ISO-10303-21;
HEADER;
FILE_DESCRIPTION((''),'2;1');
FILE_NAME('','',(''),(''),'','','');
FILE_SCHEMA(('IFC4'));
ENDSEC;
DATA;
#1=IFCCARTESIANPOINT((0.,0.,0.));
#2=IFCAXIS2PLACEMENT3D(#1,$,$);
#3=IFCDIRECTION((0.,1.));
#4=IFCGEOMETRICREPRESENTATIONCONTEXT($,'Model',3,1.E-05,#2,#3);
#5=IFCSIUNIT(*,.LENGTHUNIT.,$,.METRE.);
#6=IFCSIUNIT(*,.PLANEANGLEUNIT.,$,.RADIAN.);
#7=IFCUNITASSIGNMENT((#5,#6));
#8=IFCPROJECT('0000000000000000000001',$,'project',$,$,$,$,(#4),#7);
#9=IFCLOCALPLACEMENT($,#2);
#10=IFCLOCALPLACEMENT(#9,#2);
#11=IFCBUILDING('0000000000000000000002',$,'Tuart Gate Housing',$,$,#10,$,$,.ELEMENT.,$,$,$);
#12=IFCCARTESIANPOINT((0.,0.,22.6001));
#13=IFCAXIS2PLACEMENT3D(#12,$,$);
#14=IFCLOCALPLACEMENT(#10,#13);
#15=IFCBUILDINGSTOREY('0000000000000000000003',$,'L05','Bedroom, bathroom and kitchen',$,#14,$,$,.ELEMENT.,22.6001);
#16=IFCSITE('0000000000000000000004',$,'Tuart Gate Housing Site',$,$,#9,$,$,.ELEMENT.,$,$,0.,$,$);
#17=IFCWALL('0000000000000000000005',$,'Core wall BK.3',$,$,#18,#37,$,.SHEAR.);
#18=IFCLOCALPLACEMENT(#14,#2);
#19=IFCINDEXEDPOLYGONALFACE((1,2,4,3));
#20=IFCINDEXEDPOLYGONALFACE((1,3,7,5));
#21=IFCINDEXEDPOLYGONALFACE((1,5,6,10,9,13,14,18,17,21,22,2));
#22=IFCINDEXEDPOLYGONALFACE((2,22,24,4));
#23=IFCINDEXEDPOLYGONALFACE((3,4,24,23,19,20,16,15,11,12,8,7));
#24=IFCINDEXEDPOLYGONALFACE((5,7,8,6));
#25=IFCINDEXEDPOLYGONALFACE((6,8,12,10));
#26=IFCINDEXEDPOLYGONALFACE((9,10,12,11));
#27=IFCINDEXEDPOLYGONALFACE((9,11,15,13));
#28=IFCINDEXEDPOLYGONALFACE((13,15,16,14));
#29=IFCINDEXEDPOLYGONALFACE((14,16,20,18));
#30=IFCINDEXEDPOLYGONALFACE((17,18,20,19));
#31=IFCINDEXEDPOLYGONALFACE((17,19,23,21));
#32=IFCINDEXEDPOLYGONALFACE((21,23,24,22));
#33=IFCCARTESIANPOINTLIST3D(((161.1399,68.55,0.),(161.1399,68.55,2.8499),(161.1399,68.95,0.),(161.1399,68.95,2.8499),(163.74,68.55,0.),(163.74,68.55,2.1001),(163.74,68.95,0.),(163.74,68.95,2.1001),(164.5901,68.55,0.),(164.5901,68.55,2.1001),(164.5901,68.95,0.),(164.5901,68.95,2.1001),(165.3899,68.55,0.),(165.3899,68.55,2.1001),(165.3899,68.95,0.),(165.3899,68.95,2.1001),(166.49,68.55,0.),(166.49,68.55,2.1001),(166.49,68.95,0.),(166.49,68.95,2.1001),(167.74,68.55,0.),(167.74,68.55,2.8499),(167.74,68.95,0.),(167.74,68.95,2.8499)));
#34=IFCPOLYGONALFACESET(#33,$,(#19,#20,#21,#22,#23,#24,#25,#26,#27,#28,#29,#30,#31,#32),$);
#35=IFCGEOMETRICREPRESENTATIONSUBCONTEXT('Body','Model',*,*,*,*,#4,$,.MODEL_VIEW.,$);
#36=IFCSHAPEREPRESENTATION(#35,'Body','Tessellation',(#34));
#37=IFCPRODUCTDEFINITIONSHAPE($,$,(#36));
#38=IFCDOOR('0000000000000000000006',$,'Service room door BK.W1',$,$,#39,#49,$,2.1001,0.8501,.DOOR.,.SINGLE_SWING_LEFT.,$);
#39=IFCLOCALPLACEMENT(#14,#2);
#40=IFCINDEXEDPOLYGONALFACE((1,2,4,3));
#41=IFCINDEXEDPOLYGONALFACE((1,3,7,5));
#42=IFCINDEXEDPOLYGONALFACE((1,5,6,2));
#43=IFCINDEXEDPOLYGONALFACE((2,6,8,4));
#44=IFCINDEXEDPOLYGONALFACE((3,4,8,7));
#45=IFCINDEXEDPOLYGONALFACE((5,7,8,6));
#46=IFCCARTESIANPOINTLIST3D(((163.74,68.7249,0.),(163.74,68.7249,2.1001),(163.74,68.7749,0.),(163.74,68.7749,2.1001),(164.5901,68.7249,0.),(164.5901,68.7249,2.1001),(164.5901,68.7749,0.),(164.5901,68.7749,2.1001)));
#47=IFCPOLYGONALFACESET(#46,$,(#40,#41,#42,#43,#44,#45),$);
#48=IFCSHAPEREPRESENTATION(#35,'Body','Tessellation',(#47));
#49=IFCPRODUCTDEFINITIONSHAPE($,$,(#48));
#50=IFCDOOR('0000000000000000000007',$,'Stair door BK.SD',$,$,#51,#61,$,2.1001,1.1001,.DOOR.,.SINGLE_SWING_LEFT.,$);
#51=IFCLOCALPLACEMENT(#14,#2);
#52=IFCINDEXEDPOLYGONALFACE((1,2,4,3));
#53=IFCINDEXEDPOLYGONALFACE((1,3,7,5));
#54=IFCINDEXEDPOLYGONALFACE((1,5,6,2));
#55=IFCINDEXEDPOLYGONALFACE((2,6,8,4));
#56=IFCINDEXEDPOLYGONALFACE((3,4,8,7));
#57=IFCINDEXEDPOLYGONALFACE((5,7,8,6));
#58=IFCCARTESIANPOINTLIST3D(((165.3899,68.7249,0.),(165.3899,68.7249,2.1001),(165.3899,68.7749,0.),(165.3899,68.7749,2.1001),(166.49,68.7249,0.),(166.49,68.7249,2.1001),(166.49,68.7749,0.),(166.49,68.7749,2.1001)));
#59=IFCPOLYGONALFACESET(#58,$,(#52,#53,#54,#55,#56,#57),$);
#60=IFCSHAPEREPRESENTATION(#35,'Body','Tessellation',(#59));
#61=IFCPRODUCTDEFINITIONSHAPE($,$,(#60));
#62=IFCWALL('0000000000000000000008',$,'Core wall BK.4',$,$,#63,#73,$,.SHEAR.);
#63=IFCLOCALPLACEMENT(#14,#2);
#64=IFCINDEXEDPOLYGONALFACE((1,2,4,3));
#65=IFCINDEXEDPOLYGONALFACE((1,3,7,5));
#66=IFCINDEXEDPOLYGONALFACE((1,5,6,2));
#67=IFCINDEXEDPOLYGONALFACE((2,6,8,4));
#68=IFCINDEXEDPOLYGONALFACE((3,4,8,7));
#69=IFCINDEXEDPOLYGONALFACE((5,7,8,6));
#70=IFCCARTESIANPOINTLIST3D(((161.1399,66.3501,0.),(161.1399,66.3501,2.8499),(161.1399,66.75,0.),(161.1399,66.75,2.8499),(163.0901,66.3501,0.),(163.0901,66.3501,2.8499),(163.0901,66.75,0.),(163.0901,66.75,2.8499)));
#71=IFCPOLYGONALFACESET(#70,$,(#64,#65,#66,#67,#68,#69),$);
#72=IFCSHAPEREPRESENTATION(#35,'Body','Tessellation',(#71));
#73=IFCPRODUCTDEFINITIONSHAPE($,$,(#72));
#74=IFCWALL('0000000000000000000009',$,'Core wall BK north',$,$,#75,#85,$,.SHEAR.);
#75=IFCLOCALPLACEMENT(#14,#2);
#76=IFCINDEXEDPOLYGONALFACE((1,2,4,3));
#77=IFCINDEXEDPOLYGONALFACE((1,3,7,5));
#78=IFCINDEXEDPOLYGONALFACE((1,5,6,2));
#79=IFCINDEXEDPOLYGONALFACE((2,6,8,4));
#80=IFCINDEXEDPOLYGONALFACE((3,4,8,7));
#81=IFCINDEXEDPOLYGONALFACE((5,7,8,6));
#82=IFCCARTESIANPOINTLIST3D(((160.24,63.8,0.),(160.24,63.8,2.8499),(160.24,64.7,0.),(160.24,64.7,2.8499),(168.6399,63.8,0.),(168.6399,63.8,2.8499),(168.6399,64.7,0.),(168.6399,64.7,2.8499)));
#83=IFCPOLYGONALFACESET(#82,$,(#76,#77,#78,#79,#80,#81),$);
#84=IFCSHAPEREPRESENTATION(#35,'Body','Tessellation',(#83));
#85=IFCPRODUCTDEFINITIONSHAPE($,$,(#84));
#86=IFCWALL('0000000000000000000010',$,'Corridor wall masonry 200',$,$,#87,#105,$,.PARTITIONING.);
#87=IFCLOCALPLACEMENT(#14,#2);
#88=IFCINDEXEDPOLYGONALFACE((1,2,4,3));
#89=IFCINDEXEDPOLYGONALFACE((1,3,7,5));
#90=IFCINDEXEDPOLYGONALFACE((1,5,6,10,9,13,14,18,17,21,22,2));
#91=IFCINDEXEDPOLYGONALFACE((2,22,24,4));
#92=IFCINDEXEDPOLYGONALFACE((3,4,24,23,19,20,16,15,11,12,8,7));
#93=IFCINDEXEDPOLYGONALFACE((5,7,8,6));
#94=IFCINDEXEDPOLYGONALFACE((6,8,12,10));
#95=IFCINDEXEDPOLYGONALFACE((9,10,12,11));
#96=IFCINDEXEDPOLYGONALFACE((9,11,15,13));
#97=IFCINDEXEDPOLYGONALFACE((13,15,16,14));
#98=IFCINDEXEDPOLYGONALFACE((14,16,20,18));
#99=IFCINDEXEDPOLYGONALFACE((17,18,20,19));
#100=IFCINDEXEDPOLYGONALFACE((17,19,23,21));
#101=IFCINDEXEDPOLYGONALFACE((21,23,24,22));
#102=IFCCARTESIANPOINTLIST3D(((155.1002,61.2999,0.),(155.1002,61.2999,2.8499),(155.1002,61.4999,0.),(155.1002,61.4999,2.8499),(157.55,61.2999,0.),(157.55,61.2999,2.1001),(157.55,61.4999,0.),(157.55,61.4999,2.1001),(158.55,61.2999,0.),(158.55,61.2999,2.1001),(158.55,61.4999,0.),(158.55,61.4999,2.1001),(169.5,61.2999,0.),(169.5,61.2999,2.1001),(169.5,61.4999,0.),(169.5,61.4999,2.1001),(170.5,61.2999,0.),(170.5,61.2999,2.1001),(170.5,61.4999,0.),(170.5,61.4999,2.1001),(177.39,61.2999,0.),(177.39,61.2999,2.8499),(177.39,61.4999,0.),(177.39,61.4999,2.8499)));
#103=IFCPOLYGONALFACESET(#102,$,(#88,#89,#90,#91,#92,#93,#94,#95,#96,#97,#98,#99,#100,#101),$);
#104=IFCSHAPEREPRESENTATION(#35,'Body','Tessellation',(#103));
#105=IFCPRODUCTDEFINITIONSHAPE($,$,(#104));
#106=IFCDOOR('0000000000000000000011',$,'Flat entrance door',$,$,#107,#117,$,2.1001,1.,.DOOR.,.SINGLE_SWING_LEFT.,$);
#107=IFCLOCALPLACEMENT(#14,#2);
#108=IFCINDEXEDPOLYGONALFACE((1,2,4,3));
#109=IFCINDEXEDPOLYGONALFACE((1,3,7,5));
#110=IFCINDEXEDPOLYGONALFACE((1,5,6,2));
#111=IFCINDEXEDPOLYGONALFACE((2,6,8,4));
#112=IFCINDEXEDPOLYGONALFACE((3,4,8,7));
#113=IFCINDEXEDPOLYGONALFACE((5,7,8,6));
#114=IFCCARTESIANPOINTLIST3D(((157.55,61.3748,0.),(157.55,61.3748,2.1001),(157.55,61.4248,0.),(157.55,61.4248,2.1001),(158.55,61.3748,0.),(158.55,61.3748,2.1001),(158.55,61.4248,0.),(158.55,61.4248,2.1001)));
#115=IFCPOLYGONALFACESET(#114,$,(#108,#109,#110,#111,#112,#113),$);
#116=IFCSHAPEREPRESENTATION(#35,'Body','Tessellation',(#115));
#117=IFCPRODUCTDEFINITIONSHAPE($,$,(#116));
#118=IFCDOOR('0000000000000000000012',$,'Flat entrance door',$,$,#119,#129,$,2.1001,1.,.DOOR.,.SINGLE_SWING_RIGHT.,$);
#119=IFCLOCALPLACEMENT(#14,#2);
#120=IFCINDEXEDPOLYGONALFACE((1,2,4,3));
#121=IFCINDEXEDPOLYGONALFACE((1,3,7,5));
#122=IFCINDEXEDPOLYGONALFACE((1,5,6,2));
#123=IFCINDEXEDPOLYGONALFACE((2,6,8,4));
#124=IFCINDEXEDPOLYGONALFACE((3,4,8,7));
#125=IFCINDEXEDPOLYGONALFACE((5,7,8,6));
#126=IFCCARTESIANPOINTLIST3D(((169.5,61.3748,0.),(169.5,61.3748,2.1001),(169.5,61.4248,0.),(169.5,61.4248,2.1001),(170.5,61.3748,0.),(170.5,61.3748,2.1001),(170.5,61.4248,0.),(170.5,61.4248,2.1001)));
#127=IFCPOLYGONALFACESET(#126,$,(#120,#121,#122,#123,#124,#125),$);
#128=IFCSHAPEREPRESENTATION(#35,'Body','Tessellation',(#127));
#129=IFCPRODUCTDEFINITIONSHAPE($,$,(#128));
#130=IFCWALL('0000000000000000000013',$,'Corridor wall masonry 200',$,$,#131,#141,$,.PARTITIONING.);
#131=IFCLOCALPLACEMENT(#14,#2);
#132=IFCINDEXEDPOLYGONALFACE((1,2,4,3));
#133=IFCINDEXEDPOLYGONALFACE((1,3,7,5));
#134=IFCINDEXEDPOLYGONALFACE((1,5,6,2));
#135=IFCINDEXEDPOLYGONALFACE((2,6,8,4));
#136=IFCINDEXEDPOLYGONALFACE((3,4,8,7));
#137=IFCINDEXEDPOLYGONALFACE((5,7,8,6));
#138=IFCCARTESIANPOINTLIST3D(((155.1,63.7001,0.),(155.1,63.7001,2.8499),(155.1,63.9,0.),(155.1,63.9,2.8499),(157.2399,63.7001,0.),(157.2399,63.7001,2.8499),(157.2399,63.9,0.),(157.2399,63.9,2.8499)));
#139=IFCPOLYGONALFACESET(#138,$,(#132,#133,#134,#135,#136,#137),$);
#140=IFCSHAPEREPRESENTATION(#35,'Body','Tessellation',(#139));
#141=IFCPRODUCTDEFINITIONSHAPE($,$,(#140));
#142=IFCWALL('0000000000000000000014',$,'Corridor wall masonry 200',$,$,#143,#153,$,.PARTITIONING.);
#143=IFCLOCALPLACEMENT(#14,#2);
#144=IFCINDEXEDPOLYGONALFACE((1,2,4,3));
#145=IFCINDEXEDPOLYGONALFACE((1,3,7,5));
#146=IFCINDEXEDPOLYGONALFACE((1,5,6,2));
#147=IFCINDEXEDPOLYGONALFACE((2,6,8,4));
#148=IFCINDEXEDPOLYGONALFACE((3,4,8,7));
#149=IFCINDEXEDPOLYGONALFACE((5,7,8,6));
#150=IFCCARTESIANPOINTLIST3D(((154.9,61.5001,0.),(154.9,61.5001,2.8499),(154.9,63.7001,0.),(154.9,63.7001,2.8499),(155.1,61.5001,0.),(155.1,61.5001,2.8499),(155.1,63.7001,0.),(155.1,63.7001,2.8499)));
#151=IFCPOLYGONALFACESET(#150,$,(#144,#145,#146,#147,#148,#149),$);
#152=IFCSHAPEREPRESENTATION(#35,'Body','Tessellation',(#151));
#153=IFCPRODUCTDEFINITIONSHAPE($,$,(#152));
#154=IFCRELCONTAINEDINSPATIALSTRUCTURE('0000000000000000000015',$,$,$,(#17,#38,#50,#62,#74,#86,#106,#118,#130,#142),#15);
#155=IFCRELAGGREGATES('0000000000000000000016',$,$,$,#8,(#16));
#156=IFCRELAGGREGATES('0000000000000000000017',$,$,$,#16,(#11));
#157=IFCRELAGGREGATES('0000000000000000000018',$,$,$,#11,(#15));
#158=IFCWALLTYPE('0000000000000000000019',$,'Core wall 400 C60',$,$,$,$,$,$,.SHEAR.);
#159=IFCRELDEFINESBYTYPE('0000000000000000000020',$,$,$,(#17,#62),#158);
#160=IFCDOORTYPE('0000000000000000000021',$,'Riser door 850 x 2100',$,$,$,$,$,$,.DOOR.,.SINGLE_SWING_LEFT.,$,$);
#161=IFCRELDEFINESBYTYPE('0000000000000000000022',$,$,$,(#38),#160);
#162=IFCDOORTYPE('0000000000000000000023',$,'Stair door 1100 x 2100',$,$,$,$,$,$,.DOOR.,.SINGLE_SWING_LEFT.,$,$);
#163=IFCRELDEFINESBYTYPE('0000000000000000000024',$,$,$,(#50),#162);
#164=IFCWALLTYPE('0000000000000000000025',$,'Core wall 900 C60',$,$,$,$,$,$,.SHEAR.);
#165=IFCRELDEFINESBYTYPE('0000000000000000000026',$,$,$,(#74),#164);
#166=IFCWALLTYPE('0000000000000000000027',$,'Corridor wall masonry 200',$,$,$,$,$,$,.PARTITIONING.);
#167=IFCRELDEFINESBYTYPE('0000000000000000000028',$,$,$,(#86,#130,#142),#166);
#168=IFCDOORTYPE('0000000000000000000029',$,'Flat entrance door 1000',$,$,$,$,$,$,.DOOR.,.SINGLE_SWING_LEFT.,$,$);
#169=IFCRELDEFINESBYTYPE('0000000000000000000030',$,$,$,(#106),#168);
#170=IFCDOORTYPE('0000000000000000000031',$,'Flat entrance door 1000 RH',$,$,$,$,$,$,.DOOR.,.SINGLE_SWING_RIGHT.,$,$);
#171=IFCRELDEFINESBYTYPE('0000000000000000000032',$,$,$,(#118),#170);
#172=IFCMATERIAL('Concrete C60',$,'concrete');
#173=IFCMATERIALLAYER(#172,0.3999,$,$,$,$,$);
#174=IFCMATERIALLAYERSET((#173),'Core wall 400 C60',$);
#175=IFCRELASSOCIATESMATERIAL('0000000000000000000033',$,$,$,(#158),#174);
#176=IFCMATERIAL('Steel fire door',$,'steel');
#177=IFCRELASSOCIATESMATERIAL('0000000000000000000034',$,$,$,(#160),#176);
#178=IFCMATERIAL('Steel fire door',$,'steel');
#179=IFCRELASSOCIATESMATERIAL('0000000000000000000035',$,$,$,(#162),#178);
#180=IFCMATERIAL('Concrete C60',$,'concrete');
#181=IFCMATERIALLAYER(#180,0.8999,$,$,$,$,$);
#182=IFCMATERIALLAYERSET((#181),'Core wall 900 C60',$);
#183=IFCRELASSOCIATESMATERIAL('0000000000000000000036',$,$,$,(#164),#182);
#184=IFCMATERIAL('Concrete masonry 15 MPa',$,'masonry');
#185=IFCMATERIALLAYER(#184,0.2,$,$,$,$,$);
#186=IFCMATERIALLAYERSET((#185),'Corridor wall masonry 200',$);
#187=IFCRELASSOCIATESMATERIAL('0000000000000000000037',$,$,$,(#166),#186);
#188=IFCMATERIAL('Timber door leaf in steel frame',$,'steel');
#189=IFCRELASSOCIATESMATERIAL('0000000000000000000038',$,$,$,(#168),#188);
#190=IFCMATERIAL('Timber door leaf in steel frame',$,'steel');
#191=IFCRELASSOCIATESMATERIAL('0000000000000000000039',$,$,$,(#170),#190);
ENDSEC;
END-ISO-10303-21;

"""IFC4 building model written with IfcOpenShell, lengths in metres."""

from ifc_helpers import new_model, si_unit, direction, frame, frame_2d, origin, place, context, subcontext, project, spatial, rectangle, extrude, material, layer, layer_set, type_object, element, fill, save


model = new_model("IFC4")

# Units and contexts
model_context = context("Model", 3, precision=1e-05, world=origin(), true_north=direction((0.0, 1.0)))
body_context = subcontext(model_context, "Body", "Model", "MODEL_VIEW")
ifc_project = project(units=[si_unit("LENGTHUNIT", "METRE"), si_unit("PLANEANGLEUNIT", "RADIAN")], contexts=[model_context])

# Site, building, storey
site_placement = place(None, origin())
site = spatial("IfcSite", under=ifc_project, at=site_placement, Name="Tuart Gate Housing Site", CompositionType="ELEMENT", RefElevation=0.0)
building_placement = place(site_placement, origin())
building = spatial("IfcBuilding", under=site, at=building_placement, Name="Tuart Gate Housing", CompositionType="ELEMENT")
storey_placement = place(building_placement, frame((0.0, 0.0, 22.6001)))
storey = spatial("IfcBuildingStorey", under=building, at=storey_placement, Name="L05", Description="Bedroom, bathroom and kitchen", CompositionType="ELEMENT", Elevation=22.6001)

# Wall, openings, doors
ifc_material_1 = material(Name="Concrete C60", Category="concrete")
ifc_layer_1 = layer(ifc_material_1, 0.3999)
ifc_layer_set_1 = layer_set([ifc_layer_1], Name="Core wall 400 C60")
wall_type_1 = type_object("IfcWallType", Name="Core wall 400 C60", PredefinedType="SHEAR", material=ifc_layer_set_1)
wall_1_placement = place(storey_placement, frame((161.1399, 68.75, 0.0), z_axis=(0.0, 0.0, 1.0), x_axis=(1.0, 0.0, 0.0)))
wall_1 = element("IfcWall", 1, at=wall_1_placement, inside=storey, type_object=wall_type_1, Name="Core wall BK.3", PredefinedType="SHEAR", context=body_context, shape_type="SweptSolid", body=[
    extrude(rectangle(XDim=6.6001, YDim=0.3999, at=frame_2d((3.3, 0.0))), origin(), (0.0, 0.0, 1.0), 2.8499),
])
opening_1_placement = place(wall_1_placement, frame((4.25, 0.0, 0.0)))
opening_1 = element("IfcOpeningElement", 2, at=opening_1_placement, cuts=wall_1, PredefinedType="OPENING", context=body_context, shape_type="SweptSolid", body=[
    extrude(rectangle(XDim=1.1001, YDim=2.1001, at=frame_2d((0.55, 1.05))), frame((0.0, 0.21, 0.0), z_axis=(0.0, -1.0, 0.0), x_axis=(1.0, 0.0, 0.0)), (0.0, 0.0, 1.0), 0.4199),
])
opening_2_placement = place(wall_1_placement, frame((2.6001, 0.0, 0.0)))
opening_2 = element("IfcOpeningElement", 3, at=opening_2_placement, cuts=wall_1, PredefinedType="OPENING", context=body_context, shape_type="SweptSolid", body=[
    extrude(rectangle(XDim=0.8501, YDim=2.1001, at=frame_2d((0.425, 1.05))), frame((0.0, 0.21, 0.0), z_axis=(0.0, -1.0, 0.0), x_axis=(1.0, 0.0, 0.0)), (0.0, 0.0, 1.0), 0.4199),
])
ifc_material_2 = material(Name="Steel fire door", Category="steel")
door_type_1 = type_object("IfcDoorType", Name="Riser door 850 x 2100", OperationType="SINGLE_SWING_LEFT", PredefinedType="DOOR", material=ifc_material_2)
door_1_placement = place(opening_2_placement, origin())
door_1 = element("IfcDoor", 4, at=door_1_placement, inside=storey, type_object=door_type_1, Name="Service room door BK.W1", OperationType="SINGLE_SWING_LEFT", OverallHeight=2.1001, OverallWidth=0.8501, PredefinedType="DOOR", context=body_context, shape_type="SweptSolid", body=[
    extrude(rectangle(XDim=0.8501, YDim=2.1001, at=frame_2d((0.425, 1.05))), frame((0.0, 0.0249, 0.0), z_axis=(0.0, -1.0, 0.0), x_axis=(1.0, 0.0, 0.0)), (0.0, 0.0, 1.0), 0.05),
])
fill(opening_2, door_1)
ifc_material_3 = material(Name="Steel fire door", Category="steel")
door_type_2 = type_object("IfcDoorType", Name="Stair door 1100 x 2100", OperationType="SINGLE_SWING_LEFT", PredefinedType="DOOR", material=ifc_material_3)
door_2_placement = place(opening_1_placement, origin())
door_2 = element("IfcDoor", 5, at=door_2_placement, inside=storey, type_object=door_type_2, Name="Stair door BK.SD", OperationType="SINGLE_SWING_LEFT", OverallHeight=2.1001, OverallWidth=1.1001, PredefinedType="DOOR", context=body_context, shape_type="SweptSolid", body=[
    extrude(rectangle(XDim=1.1001, YDim=2.1001, at=frame_2d((0.55, 1.05))), frame((0.0, 0.0249, 0.0), z_axis=(0.0, -1.0, 0.0), x_axis=(1.0, 0.0, 0.0)), (0.0, 0.0, 1.0), 0.05),
])
fill(opening_1, door_2)

# Walls
wall_2_placement = place(storey_placement, frame((161.1399, 66.55, 0.0), z_axis=(0.0, 0.0, 1.0), x_axis=(1.0, 0.0, 0.0)))
element("IfcWall", 6, at=wall_2_placement, inside=storey, type_object=wall_type_1, Name="Core wall BK.4", PredefinedType="SHEAR", context=body_context, shape_type="SweptSolid", body=[
    extrude(rectangle(XDim=1.9502, YDim=0.3999, at=frame_2d((0.9751, 0.0))), origin(), (0.0, 0.0, 1.0), 2.8499),
])
ifc_material_4 = material(Name="Concrete C60", Category="concrete")
ifc_layer_2 = layer(ifc_material_4, 0.8999)
ifc_layer_set_2 = layer_set([ifc_layer_2], Name="Core wall 900 C60")
wall_type_2 = type_object("IfcWallType", Name="Core wall 900 C60", PredefinedType="SHEAR", material=ifc_layer_set_2)
wall_3_placement = place(storey_placement, frame((160.24, 64.25, 0.0), z_axis=(0.0, 0.0, 1.0), x_axis=(1.0, 0.0, 0.0)))
element("IfcWall", 7, at=wall_3_placement, inside=storey, type_object=wall_type_2, Name="Core wall BK north", PredefinedType="SHEAR", context=body_context, shape_type="SweptSolid", body=[
    extrude(rectangle(XDim=8.3999, YDim=0.8999, at=frame_2d((4.2, 0.0))), origin(), (0.0, 0.0, 1.0), 2.8499),
])

# Wall, openings, doors
ifc_material_5 = material(Name="Concrete masonry 15 MPa", Category="masonry")
ifc_layer_3 = layer(ifc_material_5, 0.2)
ifc_layer_set_3 = layer_set([ifc_layer_3], Name="Corridor wall masonry 200")
wall_type_3 = type_object("IfcWallType", Name="Corridor wall masonry 200", PredefinedType="PARTITIONING", material=ifc_layer_set_3)
wall_4_placement = place(storey_placement, frame((155.1001, 61.3999, 0.0), z_axis=(0.0, 0.0, 1.0), x_axis=(1.0, 0.0, 0.0)))
wall_4 = element("IfcWall", 8, at=wall_4_placement, inside=storey, type_object=wall_type_3, Name="Corridor wall masonry 200", PredefinedType="PARTITIONING", context=body_context, shape_type="SweptSolid", body=[
    extrude(rectangle(XDim=22.2898, YDim=0.2, at=frame_2d((11.145, 0.0))), origin(), (0.0, 0.0, 1.0), 2.8499),
])
opening_3_placement = place(wall_4_placement, frame((2.45, 0.0, 0.0)))
opening_3 = element("IfcOpeningElement", 9, at=opening_3_placement, cuts=wall_4, PredefinedType="OPENING", context=body_context, shape_type="SweptSolid", body=[
    extrude(rectangle(XDim=1.0, YDim=2.1001, at=frame_2d((0.5, 1.05))), frame((0.0, 0.1099, 0.0), z_axis=(0.0, -1.0, 0.0), x_axis=(1.0, 0.0, 0.0)), (0.0, 0.0, 1.0), 0.22),
])
opening_4_placement = place(wall_4_placement, frame((14.3999, 0.0, 0.0)))
opening_4 = element("IfcOpeningElement", 10, at=opening_4_placement, cuts=wall_4, PredefinedType="OPENING", context=body_context, shape_type="SweptSolid", body=[
    extrude(rectangle(XDim=1.0, YDim=2.1001, at=frame_2d((0.5, 1.05))), frame((0.0, 0.1099, 0.0), z_axis=(0.0, -1.0, 0.0), x_axis=(1.0, 0.0, 0.0)), (0.0, 0.0, 1.0), 0.22),
])
ifc_material_6 = material(Name="Timber door leaf in steel frame", Category="steel")
door_type_3 = type_object("IfcDoorType", Name="Flat entrance door 1000", OperationType="SINGLE_SWING_LEFT", PredefinedType="DOOR", material=ifc_material_6)
door_3_placement = place(opening_3_placement, frame((1.0, 0.0, 0.0), z_axis=(0.0, 0.0, 1.0), x_axis=(-1.0, 0.0, 0.0)))
door_3 = element("IfcDoor", 11, at=door_3_placement, inside=storey, type_object=door_type_3, Name="Flat entrance door", OperationType="SINGLE_SWING_LEFT", OverallHeight=2.1001, OverallWidth=1.0, PredefinedType="DOOR", context=body_context, shape_type="SweptSolid", body=[
    extrude(rectangle(XDim=1.0, YDim=2.1001, at=frame_2d((0.5, 1.05))), frame((0.0, 0.0251, 0.0), z_axis=(0.0, -1.0, 0.0), x_axis=(1.0, 0.0, 0.0)), (0.0, 0.0, 1.0), 0.05),
])
fill(opening_3, door_3)
ifc_material_7 = material(Name="Timber door leaf in steel frame", Category="steel")
door_type_4 = type_object("IfcDoorType", Name="Flat entrance door 1000 RH", OperationType="SINGLE_SWING_RIGHT", PredefinedType="DOOR", material=ifc_material_7)
door_4_placement = place(opening_4_placement, frame((1.0, 0.0, 0.0), z_axis=(0.0, 0.0, 1.0), x_axis=(-1.0, 0.0, 0.0)))
door_4 = element("IfcDoor", 12, at=door_4_placement, inside=storey, type_object=door_type_4, Name="Flat entrance door", OperationType="SINGLE_SWING_RIGHT", OverallHeight=2.1001, OverallWidth=1.0, PredefinedType="DOOR", context=body_context, shape_type="SweptSolid", body=[
    extrude(rectangle(XDim=1.0, YDim=2.1001, at=frame_2d((0.5, 1.05))), frame((0.0, 0.0251, 0.0), z_axis=(0.0, -1.0, 0.0), x_axis=(1.0, 0.0, 0.0)), (0.0, 0.0, 1.0), 0.05),
])
fill(opening_4, door_4)

# Walls
wall_5_placement = place(storey_placement, frame((155.1001, 63.8, 0.0), z_axis=(0.0, 0.0, 1.0), x_axis=(1.0, 0.0, 0.0)))
element("IfcWall", 13, at=wall_5_placement, inside=storey, type_object=wall_type_3, Name="Corridor wall masonry 200", PredefinedType="PARTITIONING", context=body_context, shape_type="SweptSolid", body=[
    extrude(rectangle(XDim=2.1399, YDim=0.2, at=frame_2d((1.0698, 0.0))), origin(), (0.0, 0.0, 1.0), 2.8499),
])
wall_6_placement = place(storey_placement, frame((155.0, 61.5, 0.0), z_axis=(0.0, 0.0, 1.0), x_axis=(0.0, 1.0, 0.0)))
element("IfcWall", 14, at=wall_6_placement, inside=storey, type_object=wall_type_3, Name="Corridor wall masonry 200", PredefinedType="PARTITIONING", context=body_context, shape_type="SweptSolid", body=[
    extrude(rectangle(XDim=2.2, YDim=0.2, at=frame_2d((1.1001, 0.0))), origin(), (0.0, 0.0, 1.0), 2.8499),
])

save(model, "model.ifc")
